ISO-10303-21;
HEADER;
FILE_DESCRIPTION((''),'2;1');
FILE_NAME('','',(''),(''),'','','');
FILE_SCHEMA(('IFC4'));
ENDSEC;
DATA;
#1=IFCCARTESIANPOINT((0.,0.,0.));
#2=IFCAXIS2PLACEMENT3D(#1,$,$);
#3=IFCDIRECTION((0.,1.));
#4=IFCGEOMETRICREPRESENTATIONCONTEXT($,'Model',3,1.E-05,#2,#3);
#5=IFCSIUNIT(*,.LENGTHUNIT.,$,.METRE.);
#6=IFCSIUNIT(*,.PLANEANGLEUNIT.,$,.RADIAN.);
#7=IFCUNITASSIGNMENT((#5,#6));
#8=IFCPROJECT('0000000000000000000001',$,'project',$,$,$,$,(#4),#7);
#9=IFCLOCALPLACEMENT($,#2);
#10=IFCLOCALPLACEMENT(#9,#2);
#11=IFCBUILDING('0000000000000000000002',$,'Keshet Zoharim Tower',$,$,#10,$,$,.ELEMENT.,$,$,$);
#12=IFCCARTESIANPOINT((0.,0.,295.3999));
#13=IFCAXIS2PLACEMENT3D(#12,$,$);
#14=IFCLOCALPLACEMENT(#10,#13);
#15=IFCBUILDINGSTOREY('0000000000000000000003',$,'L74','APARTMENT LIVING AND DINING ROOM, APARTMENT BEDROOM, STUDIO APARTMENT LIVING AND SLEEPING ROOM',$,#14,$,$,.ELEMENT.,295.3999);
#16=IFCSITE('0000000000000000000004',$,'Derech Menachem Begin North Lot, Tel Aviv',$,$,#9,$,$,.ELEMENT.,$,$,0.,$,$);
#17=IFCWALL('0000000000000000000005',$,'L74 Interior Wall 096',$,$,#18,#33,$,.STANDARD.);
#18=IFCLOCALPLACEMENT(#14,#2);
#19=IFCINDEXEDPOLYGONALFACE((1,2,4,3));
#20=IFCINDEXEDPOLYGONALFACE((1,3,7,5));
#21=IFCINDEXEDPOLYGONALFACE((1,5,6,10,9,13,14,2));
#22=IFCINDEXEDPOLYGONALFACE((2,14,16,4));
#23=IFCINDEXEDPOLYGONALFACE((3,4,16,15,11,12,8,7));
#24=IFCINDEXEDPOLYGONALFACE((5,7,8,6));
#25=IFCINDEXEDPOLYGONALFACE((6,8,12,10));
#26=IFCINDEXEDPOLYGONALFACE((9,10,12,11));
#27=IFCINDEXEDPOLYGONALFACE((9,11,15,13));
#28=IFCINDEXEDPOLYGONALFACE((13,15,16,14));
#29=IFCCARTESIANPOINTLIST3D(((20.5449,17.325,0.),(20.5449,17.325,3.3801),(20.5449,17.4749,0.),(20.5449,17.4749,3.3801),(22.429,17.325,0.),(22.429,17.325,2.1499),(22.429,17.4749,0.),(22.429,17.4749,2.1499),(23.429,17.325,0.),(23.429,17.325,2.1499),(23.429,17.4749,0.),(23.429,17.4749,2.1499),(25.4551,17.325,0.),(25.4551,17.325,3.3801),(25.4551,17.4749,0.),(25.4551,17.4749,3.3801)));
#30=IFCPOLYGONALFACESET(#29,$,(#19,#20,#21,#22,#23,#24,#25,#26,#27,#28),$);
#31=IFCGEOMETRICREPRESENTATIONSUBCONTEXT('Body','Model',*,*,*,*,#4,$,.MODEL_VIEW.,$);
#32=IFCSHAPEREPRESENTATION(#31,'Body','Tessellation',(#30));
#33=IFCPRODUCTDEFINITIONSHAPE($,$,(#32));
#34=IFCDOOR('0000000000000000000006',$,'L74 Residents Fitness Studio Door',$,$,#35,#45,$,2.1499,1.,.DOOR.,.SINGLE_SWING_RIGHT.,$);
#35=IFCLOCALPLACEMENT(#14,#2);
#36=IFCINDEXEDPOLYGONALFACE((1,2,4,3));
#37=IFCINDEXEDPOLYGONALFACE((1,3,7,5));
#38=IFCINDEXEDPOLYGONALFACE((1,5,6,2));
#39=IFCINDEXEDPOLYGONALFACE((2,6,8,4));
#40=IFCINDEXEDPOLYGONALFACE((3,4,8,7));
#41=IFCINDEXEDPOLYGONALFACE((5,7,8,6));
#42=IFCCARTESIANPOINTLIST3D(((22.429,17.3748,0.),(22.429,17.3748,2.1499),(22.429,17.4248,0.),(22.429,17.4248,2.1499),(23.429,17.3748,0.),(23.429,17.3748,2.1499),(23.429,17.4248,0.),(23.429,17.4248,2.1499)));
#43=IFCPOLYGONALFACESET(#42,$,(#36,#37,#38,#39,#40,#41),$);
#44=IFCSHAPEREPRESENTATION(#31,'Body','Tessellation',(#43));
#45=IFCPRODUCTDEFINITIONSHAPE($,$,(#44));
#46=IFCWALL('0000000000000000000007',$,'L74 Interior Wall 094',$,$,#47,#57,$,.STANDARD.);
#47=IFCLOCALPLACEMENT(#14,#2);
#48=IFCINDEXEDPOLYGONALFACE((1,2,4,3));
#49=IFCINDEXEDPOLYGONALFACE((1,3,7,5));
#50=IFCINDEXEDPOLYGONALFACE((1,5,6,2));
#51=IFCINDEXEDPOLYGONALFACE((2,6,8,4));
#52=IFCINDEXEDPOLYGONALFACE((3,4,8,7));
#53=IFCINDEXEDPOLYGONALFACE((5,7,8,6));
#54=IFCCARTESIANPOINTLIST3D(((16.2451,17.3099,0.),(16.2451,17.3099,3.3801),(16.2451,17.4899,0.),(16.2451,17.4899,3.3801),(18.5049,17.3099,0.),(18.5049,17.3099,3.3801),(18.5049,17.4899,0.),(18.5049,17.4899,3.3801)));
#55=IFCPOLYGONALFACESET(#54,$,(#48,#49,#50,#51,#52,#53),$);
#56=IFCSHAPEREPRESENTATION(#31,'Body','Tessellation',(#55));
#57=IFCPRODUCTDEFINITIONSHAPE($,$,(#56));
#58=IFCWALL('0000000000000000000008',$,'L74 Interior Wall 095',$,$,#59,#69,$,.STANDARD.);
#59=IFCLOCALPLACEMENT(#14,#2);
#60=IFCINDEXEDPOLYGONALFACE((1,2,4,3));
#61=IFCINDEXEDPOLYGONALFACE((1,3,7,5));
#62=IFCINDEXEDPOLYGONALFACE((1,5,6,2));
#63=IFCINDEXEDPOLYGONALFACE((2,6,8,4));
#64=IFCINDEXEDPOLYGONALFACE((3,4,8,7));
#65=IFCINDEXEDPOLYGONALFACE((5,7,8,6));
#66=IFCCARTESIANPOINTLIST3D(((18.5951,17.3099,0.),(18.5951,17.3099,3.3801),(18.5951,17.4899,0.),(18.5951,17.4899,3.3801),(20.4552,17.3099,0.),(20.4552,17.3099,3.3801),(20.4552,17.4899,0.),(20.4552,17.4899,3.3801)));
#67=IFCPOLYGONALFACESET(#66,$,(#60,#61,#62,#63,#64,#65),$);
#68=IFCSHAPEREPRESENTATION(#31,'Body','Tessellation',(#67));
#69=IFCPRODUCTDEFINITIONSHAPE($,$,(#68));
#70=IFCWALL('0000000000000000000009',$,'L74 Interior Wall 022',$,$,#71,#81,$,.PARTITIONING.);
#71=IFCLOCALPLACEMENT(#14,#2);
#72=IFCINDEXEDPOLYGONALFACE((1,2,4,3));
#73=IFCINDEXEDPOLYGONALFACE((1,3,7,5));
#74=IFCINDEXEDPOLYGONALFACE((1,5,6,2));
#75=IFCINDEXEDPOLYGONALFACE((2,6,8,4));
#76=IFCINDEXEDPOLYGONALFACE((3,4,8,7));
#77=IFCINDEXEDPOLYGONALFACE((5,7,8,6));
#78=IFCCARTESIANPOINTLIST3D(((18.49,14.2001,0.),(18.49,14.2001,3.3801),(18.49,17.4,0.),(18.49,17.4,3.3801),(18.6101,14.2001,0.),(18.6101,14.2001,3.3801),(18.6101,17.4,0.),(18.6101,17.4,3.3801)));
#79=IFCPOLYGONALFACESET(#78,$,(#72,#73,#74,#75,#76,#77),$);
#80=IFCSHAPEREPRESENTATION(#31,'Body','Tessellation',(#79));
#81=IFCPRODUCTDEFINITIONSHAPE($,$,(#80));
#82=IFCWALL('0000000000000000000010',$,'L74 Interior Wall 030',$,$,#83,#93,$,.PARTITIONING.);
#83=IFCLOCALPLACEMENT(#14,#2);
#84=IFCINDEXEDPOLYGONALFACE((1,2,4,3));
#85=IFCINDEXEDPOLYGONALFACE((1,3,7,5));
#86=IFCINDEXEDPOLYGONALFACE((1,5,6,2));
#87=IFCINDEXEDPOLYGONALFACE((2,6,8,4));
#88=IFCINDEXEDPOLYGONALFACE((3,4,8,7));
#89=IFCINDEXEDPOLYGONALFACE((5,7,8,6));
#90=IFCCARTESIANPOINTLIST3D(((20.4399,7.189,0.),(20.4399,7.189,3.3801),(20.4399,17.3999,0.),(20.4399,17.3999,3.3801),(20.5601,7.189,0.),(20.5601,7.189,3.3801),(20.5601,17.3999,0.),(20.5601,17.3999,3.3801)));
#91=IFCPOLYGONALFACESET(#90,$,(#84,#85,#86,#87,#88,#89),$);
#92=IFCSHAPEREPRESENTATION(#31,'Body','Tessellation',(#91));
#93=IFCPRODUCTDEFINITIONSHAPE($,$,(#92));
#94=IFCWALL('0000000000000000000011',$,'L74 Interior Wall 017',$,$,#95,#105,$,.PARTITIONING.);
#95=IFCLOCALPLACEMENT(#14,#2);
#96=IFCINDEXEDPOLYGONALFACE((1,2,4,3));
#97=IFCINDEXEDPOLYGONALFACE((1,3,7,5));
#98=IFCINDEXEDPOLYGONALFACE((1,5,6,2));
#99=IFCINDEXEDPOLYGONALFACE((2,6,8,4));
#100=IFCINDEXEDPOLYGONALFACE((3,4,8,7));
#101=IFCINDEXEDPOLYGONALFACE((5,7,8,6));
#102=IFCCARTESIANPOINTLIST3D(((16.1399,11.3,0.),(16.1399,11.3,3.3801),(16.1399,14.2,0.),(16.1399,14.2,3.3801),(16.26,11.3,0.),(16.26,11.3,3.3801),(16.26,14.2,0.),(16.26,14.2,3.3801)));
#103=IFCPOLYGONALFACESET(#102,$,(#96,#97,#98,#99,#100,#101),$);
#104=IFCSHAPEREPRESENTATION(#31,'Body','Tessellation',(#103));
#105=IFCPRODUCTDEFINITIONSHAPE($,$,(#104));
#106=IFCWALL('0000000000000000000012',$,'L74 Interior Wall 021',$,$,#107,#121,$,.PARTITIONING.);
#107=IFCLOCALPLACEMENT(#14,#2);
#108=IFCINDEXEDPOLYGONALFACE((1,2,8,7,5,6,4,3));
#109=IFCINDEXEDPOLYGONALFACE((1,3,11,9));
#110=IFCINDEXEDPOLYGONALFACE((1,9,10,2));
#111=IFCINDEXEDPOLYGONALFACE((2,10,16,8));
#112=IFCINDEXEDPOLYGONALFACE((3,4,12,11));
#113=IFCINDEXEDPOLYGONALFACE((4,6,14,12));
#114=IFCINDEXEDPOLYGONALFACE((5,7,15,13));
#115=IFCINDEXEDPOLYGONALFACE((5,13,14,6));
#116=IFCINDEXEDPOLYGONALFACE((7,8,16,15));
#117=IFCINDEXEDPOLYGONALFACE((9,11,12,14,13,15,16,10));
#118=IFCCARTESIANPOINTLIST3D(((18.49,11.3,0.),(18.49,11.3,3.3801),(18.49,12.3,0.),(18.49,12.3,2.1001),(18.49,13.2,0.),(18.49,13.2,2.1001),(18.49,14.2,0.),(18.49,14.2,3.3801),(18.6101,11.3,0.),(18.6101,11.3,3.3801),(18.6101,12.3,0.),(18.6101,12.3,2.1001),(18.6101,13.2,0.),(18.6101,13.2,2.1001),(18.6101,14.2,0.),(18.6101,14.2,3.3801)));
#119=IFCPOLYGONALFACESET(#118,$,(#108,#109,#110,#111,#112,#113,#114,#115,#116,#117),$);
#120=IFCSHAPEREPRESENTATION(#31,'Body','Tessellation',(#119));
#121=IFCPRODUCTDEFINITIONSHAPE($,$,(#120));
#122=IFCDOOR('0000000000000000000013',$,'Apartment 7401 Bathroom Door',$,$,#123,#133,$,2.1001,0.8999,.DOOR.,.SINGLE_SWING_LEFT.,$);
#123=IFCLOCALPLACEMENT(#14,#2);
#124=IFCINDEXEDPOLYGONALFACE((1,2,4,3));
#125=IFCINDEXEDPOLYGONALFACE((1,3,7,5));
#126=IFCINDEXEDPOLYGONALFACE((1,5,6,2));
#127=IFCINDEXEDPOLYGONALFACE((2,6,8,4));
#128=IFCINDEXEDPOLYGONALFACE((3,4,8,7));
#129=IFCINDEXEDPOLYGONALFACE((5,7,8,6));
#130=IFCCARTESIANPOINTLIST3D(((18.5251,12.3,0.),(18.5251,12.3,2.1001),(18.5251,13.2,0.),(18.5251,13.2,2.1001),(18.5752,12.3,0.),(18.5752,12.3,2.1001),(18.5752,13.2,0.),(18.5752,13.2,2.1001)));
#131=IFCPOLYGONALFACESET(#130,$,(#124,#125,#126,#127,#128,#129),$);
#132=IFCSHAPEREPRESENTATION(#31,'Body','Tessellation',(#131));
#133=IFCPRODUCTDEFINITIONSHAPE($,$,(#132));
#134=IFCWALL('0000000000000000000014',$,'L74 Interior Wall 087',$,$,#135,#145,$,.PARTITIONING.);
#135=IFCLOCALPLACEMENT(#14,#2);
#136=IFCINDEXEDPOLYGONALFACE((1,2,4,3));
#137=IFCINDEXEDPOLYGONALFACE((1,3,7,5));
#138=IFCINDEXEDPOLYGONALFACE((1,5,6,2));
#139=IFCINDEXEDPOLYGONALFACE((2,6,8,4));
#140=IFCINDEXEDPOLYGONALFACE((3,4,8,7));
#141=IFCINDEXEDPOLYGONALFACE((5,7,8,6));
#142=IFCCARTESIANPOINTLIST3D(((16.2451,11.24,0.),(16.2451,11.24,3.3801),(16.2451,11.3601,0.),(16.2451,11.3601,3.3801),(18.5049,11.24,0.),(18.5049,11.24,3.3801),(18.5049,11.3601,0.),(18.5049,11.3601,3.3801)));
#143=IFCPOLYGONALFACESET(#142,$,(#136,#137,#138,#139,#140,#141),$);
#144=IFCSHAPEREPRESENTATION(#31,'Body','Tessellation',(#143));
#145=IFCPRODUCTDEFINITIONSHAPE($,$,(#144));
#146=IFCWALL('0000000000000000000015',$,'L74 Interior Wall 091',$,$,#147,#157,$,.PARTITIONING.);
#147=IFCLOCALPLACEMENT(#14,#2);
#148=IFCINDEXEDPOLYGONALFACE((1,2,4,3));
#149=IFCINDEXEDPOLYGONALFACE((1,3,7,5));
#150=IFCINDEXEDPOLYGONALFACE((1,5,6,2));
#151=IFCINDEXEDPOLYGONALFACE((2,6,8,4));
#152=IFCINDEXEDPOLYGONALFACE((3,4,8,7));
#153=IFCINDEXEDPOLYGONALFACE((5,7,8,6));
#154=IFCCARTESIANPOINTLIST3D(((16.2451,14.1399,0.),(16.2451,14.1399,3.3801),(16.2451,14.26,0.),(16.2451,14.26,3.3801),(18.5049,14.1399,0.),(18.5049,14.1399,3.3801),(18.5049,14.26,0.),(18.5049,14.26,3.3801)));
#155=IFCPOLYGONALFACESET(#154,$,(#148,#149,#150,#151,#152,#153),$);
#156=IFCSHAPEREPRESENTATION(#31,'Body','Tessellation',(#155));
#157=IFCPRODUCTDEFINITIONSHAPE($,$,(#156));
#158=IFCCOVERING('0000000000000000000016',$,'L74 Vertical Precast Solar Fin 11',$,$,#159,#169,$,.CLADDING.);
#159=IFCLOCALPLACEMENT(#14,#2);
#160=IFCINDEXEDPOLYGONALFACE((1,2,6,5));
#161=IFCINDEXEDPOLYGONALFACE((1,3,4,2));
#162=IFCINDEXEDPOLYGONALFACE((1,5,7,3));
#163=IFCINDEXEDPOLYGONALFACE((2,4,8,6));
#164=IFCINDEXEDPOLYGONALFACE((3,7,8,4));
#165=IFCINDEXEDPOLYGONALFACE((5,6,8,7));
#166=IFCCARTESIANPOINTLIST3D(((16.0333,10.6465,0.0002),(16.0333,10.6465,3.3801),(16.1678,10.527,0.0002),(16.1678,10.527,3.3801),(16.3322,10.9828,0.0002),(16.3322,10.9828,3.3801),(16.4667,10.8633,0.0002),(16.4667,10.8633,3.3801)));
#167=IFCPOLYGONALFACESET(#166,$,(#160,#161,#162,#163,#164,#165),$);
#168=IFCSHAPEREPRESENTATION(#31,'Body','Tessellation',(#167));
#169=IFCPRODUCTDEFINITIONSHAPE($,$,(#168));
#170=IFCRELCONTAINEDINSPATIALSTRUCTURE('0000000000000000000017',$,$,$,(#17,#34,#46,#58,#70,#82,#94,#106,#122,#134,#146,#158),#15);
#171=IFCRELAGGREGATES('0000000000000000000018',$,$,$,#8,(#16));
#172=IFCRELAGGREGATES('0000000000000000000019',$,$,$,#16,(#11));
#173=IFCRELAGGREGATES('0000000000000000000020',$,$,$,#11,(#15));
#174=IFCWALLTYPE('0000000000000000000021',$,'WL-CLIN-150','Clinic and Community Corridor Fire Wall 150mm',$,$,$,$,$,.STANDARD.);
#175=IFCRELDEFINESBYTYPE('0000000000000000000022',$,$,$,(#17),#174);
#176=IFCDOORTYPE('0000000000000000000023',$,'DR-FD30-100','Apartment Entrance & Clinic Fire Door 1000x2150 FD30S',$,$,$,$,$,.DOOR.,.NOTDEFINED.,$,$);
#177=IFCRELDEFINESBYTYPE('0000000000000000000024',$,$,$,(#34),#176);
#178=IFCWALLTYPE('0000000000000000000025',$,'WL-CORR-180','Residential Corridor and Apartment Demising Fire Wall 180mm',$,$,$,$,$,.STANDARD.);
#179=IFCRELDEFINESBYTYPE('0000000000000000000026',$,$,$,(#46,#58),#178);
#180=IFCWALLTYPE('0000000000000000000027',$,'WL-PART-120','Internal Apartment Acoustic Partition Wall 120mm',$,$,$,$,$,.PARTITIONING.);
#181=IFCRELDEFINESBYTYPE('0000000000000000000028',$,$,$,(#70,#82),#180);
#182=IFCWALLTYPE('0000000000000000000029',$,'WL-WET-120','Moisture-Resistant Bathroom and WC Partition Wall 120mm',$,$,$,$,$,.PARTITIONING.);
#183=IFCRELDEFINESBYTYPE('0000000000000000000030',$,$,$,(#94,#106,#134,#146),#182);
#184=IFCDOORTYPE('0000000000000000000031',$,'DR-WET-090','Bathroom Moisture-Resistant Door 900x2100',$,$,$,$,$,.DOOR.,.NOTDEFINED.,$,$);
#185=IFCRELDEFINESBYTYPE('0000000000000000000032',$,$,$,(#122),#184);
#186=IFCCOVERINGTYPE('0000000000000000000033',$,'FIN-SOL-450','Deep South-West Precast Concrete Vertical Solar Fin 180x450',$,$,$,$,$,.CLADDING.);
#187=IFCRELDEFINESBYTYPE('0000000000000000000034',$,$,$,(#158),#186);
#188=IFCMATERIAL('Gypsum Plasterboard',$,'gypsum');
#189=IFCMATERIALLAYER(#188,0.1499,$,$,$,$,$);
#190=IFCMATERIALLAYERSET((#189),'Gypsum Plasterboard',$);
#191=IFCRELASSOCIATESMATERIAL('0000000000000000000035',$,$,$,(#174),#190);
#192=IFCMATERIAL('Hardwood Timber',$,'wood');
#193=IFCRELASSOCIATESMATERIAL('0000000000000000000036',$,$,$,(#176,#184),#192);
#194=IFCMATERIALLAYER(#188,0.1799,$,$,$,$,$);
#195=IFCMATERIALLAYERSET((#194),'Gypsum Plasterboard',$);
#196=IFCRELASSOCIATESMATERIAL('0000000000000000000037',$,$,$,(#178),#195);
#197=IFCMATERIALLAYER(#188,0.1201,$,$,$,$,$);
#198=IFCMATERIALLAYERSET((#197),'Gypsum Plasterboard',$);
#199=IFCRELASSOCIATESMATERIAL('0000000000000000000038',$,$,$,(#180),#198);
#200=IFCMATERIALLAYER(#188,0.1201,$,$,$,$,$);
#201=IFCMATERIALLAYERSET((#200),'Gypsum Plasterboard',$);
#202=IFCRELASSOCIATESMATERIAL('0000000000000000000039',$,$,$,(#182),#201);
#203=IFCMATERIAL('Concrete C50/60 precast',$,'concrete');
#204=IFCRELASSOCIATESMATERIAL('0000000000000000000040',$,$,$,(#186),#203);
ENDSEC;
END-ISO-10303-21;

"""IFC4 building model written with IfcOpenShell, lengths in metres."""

from ifc_helpers import new_model, si_unit, direction, frame, frame_2d, origin, origin_2d, place, context, subcontext, project, spatial, rectangle, extrude, material, layer, layer_set, type_object, element, fill, save


model = new_model("IFC4")

# Units and contexts
model_context = context("Model", 3, precision=1e-05, world=origin(), true_north=direction((0.0, 1.0)))
body_context = subcontext(model_context, "Body", "Model", "MODEL_VIEW")
ifc_project = project(units=[si_unit("LENGTHUNIT", "METRE"), si_unit("PLANEANGLEUNIT", "RADIAN")], contexts=[model_context])

# Site, building, storey
site_placement = place(None, origin())
site = spatial("IfcSite", under=ifc_project, at=site_placement, Name="Derech Menachem Begin North Lot, Tel Aviv", CompositionType="ELEMENT", RefElevation=0.0)
building_placement = place(site_placement, origin())
building = spatial("IfcBuilding", under=site, at=building_placement, Name="Keshet Zoharim Tower", CompositionType="ELEMENT")
storey_placement = place(building_placement, frame((0.0, 0.0, 295.3999)))
storey = spatial("IfcBuildingStorey", under=building, at=storey_placement, Name="L74", Description="APARTMENT LIVING AND DINING ROOM, APARTMENT BEDROOM, STUDIO APARTMENT LIVING AND SLEEPING ROOM", CompositionType="ELEMENT", Elevation=295.3999)

# Wall, opening, door
ifc_material_1 = material(Name="Gypsum Plasterboard", Category="gypsum")
ifc_layer_1 = layer(ifc_material_1, 0.1499)
ifc_layer_set_1 = layer_set([ifc_layer_1], Name="Gypsum Plasterboard")
wall_type_1 = type_object("IfcWallType", Name="WL-CLIN-150", Description="Clinic and Community Corridor Fire Wall 150mm", PredefinedType="STANDARD", material=ifc_layer_set_1)
wall_1_placement = place(storey_placement, frame((20.5449, 17.3999, 0.0), z_axis=(0.0, 0.0, 1.0), x_axis=(1.0, 0.0, 0.0)))
wall_1 = element("IfcWall", 1, at=wall_1_placement, inside=storey, type_object=wall_type_1, Name="L74 Interior Wall 096", PredefinedType="STANDARD", context=body_context, shape_type="SweptSolid", body=[
    extrude(rectangle(XDim=4.9102, YDim=0.1499, at=frame_2d((2.4551, 0.0))), origin(), (0.0, 0.0, 1.0), 3.3801),
])
opening_1_placement = place(wall_1_placement, frame((1.884, 0.0, 0.0)))
opening_1 = element("IfcOpeningElement", 2, at=opening_1_placement, cuts=wall_1, PredefinedType="OPENING", context=body_context, shape_type="SweptSolid", body=[
    extrude(rectangle(XDim=1.0, YDim=2.1499, at=frame_2d((0.5, 1.075))), frame((0.0, 0.085, 0.0), z_axis=(0.0, -1.0, 0.0), x_axis=(1.0, 0.0, 0.0)), (0.0, 0.0, 1.0), 0.1699),
])
ifc_material_2 = material(Name="Hardwood Timber", Category="wood")
door_type_1 = type_object("IfcDoorType", Name="DR-FD30-100", Description="Apartment Entrance & Clinic Fire Door 1000x2150 FD30S", OperationType="NOTDEFINED", PredefinedType="DOOR", material=ifc_material_2)
door_1_placement = place(opening_1_placement, origin())
door_1 = element("IfcDoor", 3, at=door_1_placement, inside=storey, type_object=door_type_1, Name="L74 Residents Fitness Studio Door", OperationType="SINGLE_SWING_RIGHT", OverallHeight=2.1499, OverallWidth=1.0, PredefinedType="DOOR", context=body_context, shape_type="SweptSolid", body=[
    extrude(rectangle(XDim=1.0, YDim=2.1499, at=frame_2d((0.5, 1.075))), frame((0.0, 0.0249, 0.0), z_axis=(0.0, -1.0, 0.0), x_axis=(1.0, 0.0, 0.0)), (0.0, 0.0, 1.0), 0.05),
])
fill(opening_1, door_1)

# Walls
ifc_layer_2 = layer(ifc_material_1, 0.1799)
ifc_layer_set_2 = layer_set([ifc_layer_2], Name="Gypsum Plasterboard")
wall_type_2 = type_object("IfcWallType", Name="WL-CORR-180", Description="Residential Corridor and Apartment Demising Fire Wall 180mm", PredefinedType="STANDARD", material=ifc_layer_set_2)
wall_2_placement = place(storey_placement, frame((16.2451, 17.3999, 0.0), z_axis=(0.0, 0.0, 1.0), x_axis=(1.0, 0.0, 0.0)))
element("IfcWall", 4, at=wall_2_placement, inside=storey, type_object=wall_type_2, Name="L74 Interior Wall 094", PredefinedType="STANDARD", context=body_context, shape_type="SweptSolid", body=[
    extrude(rectangle(XDim=2.2598, YDim=0.1799, at=frame_2d((1.1299, 0.0))), origin(), (0.0, 0.0, 1.0), 3.3801),
])
wall_3_placement = place(storey_placement, frame((18.595, 17.3999, 0.0), z_axis=(0.0, 0.0, 1.0), x_axis=(1.0, 0.0, 0.0)))
element("IfcWall", 5, at=wall_3_placement, inside=storey, type_object=wall_type_2, Name="L74 Interior Wall 095", PredefinedType="STANDARD", context=body_context, shape_type="SweptSolid", body=[
    extrude(rectangle(XDim=1.8601, YDim=0.1799, at=frame_2d((0.9302, 0.0))), origin(), (0.0, 0.0, 1.0), 3.3801),
])

# Shared definitions
ifc_layer_3 = layer(ifc_material_1, 0.1201)
ifc_layer_set_3 = layer_set([ifc_layer_3], Name="Gypsum Plasterboard")
wall_type_3 = type_object("IfcWallType", Name="WL-PART-120", Description="Internal Apartment Acoustic Partition Wall 120mm", PredefinedType="PARTITIONING", material=ifc_layer_set_3)

# Walls
wall_4_placement = place(storey_placement, frame((18.55, 14.2, 0.0), z_axis=(0.0, 0.0, 1.0), x_axis=(0.0, 1.0, 0.0)))
element("IfcWall", 6, at=wall_4_placement, inside=storey, type_object=wall_type_3, Name="L74 Interior Wall 022", PredefinedType="PARTITIONING", context=body_context, shape_type="SweptSolid", body=[
    extrude(rectangle(XDim=3.2, YDim=0.1201, at=frame_2d((1.6001, 0.0))), origin(), (0.0, 0.0, 1.0), 3.3801),
])
wall_5_placement = place(storey_placement, frame((20.5, 7.189, 0.0), z_axis=(0.0, 0.0, 1.0), x_axis=(0.0, 1.0, 0.0)))
element("IfcWall", 7, at=wall_5_placement, inside=storey, type_object=wall_type_3, Name="L74 Interior Wall 030", PredefinedType="PARTITIONING", context=body_context, shape_type="SweptSolid", body=[
    extrude(rectangle(XDim=10.2109, YDim=0.1201, at=frame_2d((5.1055, 0.0))), origin(), (0.0, 0.0, 1.0), 3.3801),
])
ifc_layer_4 = layer(ifc_material_1, 0.1201)
ifc_layer_set_4 = layer_set([ifc_layer_4], Name="Gypsum Plasterboard")
wall_type_4 = type_object("IfcWallType", Name="WL-WET-120", Description="Moisture-Resistant Bathroom and WC Partition Wall 120mm", PredefinedType="PARTITIONING", material=ifc_layer_set_4)
wall_6_placement = place(storey_placement, frame((16.2, 11.3, 0.0), z_axis=(0.0, 0.0, 1.0), x_axis=(0.0, 1.0, 0.0)))
element("IfcWall", 8, at=wall_6_placement, inside=storey, type_object=wall_type_4, Name="L74 Interior Wall 017", PredefinedType="PARTITIONING", context=body_context, shape_type="SweptSolid", body=[
    extrude(rectangle(XDim=2.8999, YDim=0.1201, at=frame_2d((1.45, 0.0))), origin(), (0.0, 0.0, 1.0), 3.3801),
])

# Wall, opening, door
wall_7_placement = place(storey_placement, frame((18.55, 11.3, 0.0), z_axis=(0.0, 0.0, 1.0), x_axis=(0.0, 1.0, 0.0)))
wall_7 = element("IfcWall", 9, at=wall_7_placement, inside=storey, type_object=wall_type_4, Name="L74 Interior Wall 021", PredefinedType="PARTITIONING", context=body_context, shape_type="SweptSolid", body=[
    extrude(rectangle(XDim=2.8999, YDim=0.1201, at=frame_2d((1.45, 0.0))), origin(), (0.0, 0.0, 1.0), 3.3801),
])
opening_2_placement = place(wall_7_placement, frame((1.0, 0.0, 0.0)))
opening_2 = element("IfcOpeningElement", 10, at=opening_2_placement, cuts=wall_7, PredefinedType="OPENING", context=body_context, shape_type="SweptSolid", body=[
    extrude(rectangle(XDim=0.8999, YDim=2.1001, at=frame_2d((0.45, 1.05))), frame((0.0, 0.0701, 0.0), z_axis=(0.0, -1.0, 0.0), x_axis=(1.0, 0.0, 0.0)), (0.0, 0.0, 1.0), 0.1401),
])
door_type_2 = type_object("IfcDoorType", Name="DR-WET-090", Description="Bathroom Moisture-Resistant Door 900x2100", OperationType="NOTDEFINED", PredefinedType="DOOR", material=ifc_material_2)
door_2_placement = place(opening_2_placement, origin())
door_2 = element("IfcDoor", 11, at=door_2_placement, inside=storey, type_object=door_type_2, Name="Apartment 7401 Bathroom Door", OperationType="SINGLE_SWING_LEFT", OverallHeight=2.1001, OverallWidth=0.8999, PredefinedType="DOOR", context=body_context, shape_type="SweptSolid", body=[
    extrude(rectangle(XDim=0.8999, YDim=2.1001, at=frame_2d((0.45, 1.05))), frame((0.0, 0.0249, 0.0), z_axis=(0.0, -1.0, 0.0), x_axis=(1.0, 0.0, 0.0)), (0.0, 0.0, 1.0), 0.05),
])
fill(opening_2, door_2)

# Walls
for number, where, z_axis, x_axis, name in (
    (12, (16.2451, 11.3, 0.0), (0.0, 0.0, 1.0), (1.0, 0.0, 0.0), "L74 Interior Wall 087"),
    (13, (16.2451, 14.2, 0.0), (0.0, 0.0, 1.0), (1.0, 0.0, 0.0), "L74 Interior Wall 091"),
):
    element("IfcWall", number, at=place(storey_placement, frame(where, z_axis=z_axis, x_axis=x_axis)), inside=storey, type_object=wall_type_4, Name=name, PredefinedType="PARTITIONING", context=body_context, shape_type="SweptSolid", body=[
        extrude(rectangle(XDim=2.2598, YDim=0.1201, at=frame_2d((1.1299, 0.0))), origin(), (0.0, 0.0, 1.0), 3.3801),
    ])

# Covering
ifc_material_3 = material(Name="Concrete C50/60 precast", Category="concrete")
covering_type = type_object("IfcCoveringType", Name="FIN-SOL-450", Description="Deep South-West Precast Concrete Vertical Solar Fin 180x450", PredefinedType="CLADDING", material=ifc_material_3)
covering_placement = place(storey_placement, frame((16.25, 10.7549, 0.0002), z_axis=(0.0, 0.0, 1.0), x_axis=(-0.747412, 0.664361, 0.0)))
element("IfcCovering", 14, at=covering_placement, inside=storey, type_object=covering_type, Name="L74 Vertical Precast Solar Fin 11", PredefinedType="CLADDING", context=body_context, shape_type="SweptSolid", body=[
    extrude(rectangle(XDim=0.1799, YDim=0.45, at=origin_2d()), origin(), (0.0, 0.0, 1.0), 3.3799),
])

save(model, "model.ifc")
